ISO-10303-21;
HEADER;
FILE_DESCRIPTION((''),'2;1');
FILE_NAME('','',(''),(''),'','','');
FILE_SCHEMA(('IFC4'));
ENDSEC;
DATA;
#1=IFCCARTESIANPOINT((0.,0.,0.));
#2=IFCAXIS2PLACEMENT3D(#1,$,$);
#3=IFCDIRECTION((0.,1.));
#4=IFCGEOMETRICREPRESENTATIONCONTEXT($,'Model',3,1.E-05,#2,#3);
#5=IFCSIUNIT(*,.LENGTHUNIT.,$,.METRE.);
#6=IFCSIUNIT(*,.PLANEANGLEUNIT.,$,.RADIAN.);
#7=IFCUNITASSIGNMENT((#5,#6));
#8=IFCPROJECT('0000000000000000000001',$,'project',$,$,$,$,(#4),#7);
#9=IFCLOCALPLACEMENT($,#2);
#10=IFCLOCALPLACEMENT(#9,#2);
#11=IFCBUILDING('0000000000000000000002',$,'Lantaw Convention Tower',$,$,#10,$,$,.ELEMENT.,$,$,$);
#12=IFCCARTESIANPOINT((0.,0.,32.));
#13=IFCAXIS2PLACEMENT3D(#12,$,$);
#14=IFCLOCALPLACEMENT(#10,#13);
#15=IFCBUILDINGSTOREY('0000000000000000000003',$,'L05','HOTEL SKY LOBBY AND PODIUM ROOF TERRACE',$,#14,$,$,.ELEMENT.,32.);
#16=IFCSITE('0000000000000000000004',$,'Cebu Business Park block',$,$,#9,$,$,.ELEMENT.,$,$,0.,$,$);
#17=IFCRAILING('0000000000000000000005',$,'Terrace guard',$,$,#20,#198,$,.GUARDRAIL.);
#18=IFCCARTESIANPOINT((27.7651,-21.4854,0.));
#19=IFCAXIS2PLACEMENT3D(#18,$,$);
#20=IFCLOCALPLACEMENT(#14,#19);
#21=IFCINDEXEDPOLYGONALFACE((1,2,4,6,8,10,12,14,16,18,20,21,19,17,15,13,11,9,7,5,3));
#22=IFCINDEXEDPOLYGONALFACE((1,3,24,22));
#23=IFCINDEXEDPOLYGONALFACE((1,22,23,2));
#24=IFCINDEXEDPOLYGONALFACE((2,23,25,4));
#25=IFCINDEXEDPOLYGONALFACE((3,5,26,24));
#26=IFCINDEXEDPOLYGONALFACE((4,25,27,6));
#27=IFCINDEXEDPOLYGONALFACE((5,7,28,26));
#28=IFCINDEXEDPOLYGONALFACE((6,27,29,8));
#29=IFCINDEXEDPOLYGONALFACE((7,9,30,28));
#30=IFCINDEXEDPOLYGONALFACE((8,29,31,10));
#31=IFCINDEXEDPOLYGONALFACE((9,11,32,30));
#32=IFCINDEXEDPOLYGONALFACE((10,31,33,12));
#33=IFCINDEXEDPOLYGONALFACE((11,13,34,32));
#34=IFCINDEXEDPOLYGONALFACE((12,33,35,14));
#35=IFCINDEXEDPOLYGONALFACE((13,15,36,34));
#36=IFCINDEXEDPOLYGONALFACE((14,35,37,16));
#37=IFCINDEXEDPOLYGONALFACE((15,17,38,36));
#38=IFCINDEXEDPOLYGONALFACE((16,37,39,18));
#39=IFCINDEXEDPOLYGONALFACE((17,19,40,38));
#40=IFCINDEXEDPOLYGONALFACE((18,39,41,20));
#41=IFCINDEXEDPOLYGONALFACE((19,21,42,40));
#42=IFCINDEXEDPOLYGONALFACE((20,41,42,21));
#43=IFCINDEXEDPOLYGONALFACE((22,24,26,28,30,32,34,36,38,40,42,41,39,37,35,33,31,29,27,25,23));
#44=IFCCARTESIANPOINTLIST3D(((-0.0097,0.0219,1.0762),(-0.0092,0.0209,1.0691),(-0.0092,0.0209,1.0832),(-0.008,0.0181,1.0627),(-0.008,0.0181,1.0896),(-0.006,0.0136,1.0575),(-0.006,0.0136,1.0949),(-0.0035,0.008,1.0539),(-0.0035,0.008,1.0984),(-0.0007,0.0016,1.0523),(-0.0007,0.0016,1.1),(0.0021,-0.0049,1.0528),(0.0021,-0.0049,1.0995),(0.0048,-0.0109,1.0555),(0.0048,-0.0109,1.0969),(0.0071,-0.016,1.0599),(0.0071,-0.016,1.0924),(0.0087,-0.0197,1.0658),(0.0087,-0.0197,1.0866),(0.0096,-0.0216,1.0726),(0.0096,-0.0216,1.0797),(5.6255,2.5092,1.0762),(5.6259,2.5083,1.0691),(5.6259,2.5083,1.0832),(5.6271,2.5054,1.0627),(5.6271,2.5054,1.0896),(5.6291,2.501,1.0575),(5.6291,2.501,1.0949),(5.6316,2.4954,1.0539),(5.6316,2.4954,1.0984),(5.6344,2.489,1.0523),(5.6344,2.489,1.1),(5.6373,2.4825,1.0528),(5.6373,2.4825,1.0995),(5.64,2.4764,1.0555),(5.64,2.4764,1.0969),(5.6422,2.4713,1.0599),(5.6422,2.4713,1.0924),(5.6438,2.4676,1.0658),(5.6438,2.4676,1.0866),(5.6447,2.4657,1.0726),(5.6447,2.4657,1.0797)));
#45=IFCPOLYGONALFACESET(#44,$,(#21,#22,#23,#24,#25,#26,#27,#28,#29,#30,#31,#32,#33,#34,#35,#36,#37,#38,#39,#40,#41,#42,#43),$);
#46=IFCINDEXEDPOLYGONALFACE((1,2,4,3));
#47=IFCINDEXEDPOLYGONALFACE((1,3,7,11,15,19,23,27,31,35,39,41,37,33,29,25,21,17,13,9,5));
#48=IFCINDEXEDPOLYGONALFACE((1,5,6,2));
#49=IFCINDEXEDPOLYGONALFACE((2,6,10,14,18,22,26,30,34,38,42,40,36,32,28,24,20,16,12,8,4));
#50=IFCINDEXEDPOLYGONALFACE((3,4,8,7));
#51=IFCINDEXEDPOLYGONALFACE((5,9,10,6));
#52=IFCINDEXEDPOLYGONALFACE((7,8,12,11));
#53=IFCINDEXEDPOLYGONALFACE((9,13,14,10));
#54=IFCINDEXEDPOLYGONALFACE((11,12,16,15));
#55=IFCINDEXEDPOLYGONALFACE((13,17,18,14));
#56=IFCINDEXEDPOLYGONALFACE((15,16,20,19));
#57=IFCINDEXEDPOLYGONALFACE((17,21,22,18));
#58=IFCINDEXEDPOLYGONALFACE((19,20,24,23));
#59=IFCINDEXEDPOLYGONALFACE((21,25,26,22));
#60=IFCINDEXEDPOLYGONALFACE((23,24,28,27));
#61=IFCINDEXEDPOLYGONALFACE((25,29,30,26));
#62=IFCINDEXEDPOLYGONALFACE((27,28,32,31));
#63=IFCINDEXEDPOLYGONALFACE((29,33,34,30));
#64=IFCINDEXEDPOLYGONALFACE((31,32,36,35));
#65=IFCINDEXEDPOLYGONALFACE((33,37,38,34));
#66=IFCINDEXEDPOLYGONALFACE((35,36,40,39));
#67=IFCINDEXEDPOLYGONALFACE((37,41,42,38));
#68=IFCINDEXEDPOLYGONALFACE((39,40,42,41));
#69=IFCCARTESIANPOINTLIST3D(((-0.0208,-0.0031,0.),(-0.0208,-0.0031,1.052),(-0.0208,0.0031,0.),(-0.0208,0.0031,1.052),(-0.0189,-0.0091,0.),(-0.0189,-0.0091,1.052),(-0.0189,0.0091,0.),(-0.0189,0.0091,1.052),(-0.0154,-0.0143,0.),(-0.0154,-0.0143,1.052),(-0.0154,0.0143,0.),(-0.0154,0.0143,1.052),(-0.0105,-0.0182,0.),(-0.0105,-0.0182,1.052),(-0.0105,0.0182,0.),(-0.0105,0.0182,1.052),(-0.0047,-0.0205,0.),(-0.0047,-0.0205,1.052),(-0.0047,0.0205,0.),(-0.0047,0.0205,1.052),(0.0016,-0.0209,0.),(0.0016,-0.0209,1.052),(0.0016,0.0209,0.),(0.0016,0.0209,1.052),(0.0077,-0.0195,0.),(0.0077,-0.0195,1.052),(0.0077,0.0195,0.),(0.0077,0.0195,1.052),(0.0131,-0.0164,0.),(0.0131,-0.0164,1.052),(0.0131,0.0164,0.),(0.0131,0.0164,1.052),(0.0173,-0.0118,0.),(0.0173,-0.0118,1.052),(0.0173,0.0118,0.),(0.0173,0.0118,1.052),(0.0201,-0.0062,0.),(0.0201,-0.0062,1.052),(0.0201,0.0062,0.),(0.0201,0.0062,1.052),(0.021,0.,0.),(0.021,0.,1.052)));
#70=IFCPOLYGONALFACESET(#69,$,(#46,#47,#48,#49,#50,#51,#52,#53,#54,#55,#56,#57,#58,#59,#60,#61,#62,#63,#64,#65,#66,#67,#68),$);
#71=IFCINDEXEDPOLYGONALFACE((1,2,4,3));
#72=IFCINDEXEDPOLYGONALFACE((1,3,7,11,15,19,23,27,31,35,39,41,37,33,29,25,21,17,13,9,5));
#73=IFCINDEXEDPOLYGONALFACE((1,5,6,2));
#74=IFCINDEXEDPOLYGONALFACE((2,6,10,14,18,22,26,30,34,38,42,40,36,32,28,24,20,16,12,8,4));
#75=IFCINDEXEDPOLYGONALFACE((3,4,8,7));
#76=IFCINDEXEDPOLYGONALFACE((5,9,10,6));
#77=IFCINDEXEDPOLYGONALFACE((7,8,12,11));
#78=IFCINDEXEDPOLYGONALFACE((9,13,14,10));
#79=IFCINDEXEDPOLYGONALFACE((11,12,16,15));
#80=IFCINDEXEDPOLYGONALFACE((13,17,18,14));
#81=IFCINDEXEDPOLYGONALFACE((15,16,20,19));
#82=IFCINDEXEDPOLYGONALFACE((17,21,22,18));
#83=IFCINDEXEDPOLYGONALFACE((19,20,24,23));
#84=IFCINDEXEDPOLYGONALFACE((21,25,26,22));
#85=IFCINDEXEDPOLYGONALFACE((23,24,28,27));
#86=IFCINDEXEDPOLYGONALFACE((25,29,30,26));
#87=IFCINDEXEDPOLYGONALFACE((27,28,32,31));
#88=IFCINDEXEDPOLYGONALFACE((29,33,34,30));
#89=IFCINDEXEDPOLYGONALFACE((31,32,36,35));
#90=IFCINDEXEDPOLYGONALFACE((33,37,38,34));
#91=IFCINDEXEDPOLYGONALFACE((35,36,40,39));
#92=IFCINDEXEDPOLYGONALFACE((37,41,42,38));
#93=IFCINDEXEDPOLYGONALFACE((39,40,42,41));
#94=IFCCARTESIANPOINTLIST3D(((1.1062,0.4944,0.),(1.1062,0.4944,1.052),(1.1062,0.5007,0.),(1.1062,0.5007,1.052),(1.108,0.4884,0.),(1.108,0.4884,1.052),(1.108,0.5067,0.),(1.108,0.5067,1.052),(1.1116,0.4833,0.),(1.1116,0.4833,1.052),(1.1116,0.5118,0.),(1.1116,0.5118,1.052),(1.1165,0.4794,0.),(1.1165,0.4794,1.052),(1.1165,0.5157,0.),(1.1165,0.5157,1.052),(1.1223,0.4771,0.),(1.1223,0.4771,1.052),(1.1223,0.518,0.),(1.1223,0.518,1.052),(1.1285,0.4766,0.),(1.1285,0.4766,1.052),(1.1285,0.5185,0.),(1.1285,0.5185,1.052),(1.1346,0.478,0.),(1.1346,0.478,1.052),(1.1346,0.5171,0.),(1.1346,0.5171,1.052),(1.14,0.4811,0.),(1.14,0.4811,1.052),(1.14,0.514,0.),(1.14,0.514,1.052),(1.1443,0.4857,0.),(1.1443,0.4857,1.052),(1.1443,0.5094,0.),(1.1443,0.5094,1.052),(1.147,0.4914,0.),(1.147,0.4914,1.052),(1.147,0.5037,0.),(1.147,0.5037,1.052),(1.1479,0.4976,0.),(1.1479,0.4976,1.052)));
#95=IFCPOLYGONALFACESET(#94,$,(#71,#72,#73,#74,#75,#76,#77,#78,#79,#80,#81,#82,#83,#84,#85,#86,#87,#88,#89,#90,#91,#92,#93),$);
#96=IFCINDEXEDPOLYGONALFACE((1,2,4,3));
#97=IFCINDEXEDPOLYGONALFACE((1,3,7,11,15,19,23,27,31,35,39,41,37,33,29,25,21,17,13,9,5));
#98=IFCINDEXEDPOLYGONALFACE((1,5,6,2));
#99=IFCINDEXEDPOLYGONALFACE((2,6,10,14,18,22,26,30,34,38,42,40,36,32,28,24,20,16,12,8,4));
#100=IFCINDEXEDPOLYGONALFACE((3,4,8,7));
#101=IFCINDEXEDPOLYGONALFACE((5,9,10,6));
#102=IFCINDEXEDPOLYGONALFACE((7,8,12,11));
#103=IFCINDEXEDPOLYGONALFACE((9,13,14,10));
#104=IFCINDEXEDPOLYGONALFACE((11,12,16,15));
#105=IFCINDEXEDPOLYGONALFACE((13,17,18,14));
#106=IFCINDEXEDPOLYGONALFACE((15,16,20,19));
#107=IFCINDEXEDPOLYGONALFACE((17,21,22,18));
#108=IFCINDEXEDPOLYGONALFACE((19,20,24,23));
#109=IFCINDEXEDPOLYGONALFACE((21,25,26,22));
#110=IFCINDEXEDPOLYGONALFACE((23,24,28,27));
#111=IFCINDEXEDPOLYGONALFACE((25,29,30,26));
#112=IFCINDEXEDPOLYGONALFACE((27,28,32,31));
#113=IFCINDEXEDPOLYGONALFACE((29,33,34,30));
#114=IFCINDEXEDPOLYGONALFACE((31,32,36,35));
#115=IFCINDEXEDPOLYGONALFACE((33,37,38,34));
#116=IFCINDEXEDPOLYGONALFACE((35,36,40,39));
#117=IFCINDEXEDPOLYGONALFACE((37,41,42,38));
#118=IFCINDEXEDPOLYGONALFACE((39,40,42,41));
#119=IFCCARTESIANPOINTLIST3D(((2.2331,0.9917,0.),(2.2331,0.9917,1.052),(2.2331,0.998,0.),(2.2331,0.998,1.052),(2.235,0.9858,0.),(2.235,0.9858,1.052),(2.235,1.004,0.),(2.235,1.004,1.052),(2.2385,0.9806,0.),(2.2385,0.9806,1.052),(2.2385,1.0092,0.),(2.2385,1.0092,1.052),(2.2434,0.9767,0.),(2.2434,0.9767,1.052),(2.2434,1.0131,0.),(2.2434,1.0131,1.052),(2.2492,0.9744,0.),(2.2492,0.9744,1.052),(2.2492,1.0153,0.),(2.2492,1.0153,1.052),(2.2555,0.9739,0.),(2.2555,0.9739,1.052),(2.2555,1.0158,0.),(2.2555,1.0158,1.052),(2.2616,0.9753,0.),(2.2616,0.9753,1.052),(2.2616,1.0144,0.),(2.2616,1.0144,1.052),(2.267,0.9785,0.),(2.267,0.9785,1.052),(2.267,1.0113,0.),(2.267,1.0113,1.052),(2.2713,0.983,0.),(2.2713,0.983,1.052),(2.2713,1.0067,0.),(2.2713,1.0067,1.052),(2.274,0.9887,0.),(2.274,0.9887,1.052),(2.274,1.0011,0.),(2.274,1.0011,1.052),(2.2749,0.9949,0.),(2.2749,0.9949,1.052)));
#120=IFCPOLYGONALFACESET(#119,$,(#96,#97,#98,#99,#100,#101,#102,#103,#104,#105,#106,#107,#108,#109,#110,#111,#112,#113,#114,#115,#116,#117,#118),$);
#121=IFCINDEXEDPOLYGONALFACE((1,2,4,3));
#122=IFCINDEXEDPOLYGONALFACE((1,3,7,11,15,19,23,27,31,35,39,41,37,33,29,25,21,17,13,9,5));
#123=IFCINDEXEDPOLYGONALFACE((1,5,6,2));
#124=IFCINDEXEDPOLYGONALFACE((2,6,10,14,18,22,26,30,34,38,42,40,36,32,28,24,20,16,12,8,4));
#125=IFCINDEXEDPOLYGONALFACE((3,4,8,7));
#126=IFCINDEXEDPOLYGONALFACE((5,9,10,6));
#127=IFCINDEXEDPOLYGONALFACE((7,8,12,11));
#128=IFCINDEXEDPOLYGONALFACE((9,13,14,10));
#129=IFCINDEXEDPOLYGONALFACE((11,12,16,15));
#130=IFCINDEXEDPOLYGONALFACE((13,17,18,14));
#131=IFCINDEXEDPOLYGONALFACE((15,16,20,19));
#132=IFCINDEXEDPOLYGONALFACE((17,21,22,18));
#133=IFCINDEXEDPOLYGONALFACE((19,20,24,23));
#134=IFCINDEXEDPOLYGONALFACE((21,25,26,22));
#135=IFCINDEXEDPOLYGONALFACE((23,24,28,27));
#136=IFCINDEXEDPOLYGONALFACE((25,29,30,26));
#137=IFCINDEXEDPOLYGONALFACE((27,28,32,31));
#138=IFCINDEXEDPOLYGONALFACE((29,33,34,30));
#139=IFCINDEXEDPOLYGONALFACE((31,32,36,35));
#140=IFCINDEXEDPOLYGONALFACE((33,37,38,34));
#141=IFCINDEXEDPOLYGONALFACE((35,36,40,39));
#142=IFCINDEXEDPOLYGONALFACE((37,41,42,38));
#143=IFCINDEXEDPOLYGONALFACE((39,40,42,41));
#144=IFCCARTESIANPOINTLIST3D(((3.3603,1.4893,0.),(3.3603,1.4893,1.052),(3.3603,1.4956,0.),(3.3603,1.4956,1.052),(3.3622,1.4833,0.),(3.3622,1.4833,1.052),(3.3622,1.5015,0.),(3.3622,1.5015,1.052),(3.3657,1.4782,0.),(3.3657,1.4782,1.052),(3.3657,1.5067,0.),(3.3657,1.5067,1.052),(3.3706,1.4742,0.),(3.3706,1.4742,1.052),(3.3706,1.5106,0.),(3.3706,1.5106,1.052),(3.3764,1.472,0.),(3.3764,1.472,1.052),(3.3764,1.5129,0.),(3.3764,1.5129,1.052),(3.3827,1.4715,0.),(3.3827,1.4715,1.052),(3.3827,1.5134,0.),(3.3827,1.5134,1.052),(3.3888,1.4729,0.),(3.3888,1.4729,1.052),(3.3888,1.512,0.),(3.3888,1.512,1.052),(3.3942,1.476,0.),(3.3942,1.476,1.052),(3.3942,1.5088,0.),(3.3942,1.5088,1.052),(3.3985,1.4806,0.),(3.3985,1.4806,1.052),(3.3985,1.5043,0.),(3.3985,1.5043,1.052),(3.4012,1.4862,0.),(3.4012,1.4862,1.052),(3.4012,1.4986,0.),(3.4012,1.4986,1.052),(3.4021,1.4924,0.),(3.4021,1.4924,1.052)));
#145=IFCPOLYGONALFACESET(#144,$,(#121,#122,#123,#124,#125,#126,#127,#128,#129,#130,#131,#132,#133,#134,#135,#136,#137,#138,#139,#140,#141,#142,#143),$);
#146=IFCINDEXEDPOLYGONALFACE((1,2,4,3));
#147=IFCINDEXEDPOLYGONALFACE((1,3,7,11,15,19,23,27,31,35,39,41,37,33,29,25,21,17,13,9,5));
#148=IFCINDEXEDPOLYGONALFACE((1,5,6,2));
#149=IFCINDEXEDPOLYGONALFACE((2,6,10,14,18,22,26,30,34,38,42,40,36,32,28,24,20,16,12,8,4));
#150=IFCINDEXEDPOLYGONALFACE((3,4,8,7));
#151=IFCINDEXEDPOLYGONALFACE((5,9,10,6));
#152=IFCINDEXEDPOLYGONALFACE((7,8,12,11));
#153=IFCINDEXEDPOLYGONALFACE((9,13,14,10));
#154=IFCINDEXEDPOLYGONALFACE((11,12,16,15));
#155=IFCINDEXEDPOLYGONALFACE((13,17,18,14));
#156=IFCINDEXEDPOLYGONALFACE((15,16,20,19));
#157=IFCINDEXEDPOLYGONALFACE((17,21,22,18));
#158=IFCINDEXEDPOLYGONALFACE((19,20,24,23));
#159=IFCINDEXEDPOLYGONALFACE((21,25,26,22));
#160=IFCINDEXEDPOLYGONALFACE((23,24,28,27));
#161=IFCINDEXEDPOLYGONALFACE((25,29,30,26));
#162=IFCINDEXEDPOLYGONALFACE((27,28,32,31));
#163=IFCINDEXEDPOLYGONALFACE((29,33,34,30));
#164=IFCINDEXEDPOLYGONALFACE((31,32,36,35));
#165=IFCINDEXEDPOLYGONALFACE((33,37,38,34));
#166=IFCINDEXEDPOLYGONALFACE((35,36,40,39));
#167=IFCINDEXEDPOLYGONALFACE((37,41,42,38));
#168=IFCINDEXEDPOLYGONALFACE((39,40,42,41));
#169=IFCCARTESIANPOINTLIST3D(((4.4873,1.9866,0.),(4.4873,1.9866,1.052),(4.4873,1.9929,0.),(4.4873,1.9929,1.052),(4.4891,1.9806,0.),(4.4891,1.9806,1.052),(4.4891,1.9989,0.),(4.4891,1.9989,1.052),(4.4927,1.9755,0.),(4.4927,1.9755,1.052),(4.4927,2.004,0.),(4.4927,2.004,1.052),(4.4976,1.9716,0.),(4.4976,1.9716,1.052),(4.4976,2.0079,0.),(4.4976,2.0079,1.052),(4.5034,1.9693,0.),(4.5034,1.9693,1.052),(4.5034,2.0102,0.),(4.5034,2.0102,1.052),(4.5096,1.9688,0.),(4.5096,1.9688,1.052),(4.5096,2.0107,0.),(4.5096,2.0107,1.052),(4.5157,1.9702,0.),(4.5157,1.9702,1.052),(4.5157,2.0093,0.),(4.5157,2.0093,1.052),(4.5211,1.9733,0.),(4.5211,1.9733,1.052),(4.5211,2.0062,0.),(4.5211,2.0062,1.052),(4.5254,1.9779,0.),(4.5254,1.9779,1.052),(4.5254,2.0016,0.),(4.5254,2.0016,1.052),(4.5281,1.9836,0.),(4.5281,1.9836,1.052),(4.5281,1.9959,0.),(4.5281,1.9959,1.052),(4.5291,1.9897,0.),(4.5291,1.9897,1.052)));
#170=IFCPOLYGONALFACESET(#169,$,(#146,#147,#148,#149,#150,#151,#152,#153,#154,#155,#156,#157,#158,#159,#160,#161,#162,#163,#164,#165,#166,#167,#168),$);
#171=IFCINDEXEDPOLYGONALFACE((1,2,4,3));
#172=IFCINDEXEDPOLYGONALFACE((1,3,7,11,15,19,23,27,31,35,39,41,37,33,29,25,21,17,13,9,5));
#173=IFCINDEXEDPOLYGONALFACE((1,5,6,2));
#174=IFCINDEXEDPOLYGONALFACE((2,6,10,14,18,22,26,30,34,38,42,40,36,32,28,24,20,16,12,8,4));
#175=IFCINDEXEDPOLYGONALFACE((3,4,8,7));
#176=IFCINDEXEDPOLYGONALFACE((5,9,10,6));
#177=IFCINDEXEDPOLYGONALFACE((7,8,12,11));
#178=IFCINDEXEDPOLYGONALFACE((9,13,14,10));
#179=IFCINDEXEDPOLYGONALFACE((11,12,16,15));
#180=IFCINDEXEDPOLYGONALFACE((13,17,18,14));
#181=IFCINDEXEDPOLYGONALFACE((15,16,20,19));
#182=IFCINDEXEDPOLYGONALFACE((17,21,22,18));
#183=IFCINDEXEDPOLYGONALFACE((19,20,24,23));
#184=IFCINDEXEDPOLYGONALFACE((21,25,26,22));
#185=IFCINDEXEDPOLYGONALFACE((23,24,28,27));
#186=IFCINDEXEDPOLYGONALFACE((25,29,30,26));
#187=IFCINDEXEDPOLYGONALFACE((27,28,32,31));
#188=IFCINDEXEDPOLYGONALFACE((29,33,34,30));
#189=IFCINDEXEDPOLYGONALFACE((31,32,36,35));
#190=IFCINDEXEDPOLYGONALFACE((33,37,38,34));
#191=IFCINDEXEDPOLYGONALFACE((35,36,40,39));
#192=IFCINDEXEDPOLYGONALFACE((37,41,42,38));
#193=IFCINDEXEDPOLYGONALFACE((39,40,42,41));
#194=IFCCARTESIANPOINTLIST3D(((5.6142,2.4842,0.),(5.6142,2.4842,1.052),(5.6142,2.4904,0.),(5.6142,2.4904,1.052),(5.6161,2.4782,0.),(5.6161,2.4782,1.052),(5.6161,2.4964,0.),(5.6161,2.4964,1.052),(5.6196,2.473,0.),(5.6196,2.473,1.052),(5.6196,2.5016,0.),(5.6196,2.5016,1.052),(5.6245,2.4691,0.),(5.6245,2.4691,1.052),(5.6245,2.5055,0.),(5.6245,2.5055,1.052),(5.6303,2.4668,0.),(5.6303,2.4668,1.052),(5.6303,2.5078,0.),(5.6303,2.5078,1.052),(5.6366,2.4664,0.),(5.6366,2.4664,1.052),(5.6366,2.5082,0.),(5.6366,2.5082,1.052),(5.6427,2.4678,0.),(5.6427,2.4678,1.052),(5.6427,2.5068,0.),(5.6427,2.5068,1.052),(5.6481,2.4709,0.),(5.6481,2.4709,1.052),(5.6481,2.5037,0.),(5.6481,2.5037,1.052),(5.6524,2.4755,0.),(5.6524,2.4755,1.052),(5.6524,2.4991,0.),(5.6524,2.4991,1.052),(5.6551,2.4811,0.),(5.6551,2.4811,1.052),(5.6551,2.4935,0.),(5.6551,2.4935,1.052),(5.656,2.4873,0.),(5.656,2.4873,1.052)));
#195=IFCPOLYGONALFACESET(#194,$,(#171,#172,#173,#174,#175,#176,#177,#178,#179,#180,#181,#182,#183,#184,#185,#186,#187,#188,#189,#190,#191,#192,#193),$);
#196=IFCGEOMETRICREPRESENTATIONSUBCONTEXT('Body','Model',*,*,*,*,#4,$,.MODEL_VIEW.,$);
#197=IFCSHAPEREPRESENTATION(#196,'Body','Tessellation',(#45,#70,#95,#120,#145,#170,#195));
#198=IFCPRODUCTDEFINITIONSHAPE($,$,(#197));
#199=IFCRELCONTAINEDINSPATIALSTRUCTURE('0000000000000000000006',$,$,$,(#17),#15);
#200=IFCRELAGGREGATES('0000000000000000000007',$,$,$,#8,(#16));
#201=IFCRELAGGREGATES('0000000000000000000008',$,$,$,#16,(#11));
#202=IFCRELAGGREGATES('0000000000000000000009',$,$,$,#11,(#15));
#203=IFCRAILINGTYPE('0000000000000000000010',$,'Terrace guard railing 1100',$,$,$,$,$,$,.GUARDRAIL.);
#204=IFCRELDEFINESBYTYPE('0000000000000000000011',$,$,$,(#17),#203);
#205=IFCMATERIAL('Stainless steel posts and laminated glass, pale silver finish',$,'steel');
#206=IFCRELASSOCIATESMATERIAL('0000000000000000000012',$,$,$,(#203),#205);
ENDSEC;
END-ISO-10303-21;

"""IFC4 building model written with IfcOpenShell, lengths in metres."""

from ifc_helpers import new_model, si_unit, direction, frame, origin, origin_2d, place, context, subcontext, project, spatial, circle, extrude, material, type_object, element, save


model = new_model("IFC4")

# Units and contexts
model_context = context("Model", 3, precision=1e-05, world=origin(), true_north=direction((0.0, 1.0)))
body_context = subcontext(model_context, "Body", "Model", "MODEL_VIEW")
ifc_project = project(units=[si_unit("LENGTHUNIT", "METRE"), si_unit("PLANEANGLEUNIT", "RADIAN")], contexts=[model_context])

# Site, building, storey
site_placement = place(None, origin())
site = spatial("IfcSite", under=ifc_project, at=site_placement, Name="Cebu Business Park block", CompositionType="ELEMENT", RefElevation=0.0)
building_placement = place(site_placement, origin())
building = spatial("IfcBuilding", under=site, at=building_placement, Name="Lantaw Convention Tower", CompositionType="ELEMENT")
storey_placement = place(building_placement, frame((0.0, 0.0, 32.0)))
storey = spatial("IfcBuildingStorey", under=building, at=storey_placement, Name="L05", Description="HOTEL SKY LOBBY AND PODIUM ROOF TERRACE", CompositionType="ELEMENT", Elevation=32.0)

# Railing
ifc_material_1 = material(Name="Stainless steel posts and laminated glass, pale silver finish", Category="steel")
railing_type_1 = type_object("IfcRailingType", Name="Terrace guard railing 1100", PredefinedType="GUARDRAIL", material=ifc_material_1)
railing_1_placement = place(storey_placement, frame((27.7651, -21.4854, 0.0)))
element("IfcRailing", 1, at=railing_1_placement, inside=storey, type_object=railing_type_1, Name="Terrace guard", PredefinedType="GUARDRAIL", context=body_context, shape_type="SweptSolid", body=[
    extrude(circle(Radius=0.0239, at=origin_2d()), frame((0.0, 0.0, 1.0762), z_axis=(0.914842, 0.403813, 0.0), x_axis=(-0.403813, 0.914842, 0.0)), (0.0, 0.0, 1.0), 6.1597),
    extrude(circle(Radius=0.021, at=origin_2d()), origin(), (0.0, 0.0, 1.0), 1.052),
    extrude(circle(Radius=0.021, at=origin_2d()), frame((1.127, 0.4976, 0.0)), (0.0, 0.0, 1.0), 1.052),
    extrude(circle(Radius=0.021, at=origin_2d()), frame((2.2539, 0.9949, 0.0)), (0.0, 0.0, 1.0), 1.052),
    extrude(circle(Radius=0.021, at=origin_2d()), frame((3.3811, 1.4924, 0.0)), (0.0, 0.0, 1.0), 1.052),
    extrude(circle(Radius=0.021, at=origin_2d()), frame((4.5081, 1.9897, 0.0)), (0.0, 0.0, 1.0), 1.052),
    extrude(circle(Radius=0.021, at=origin_2d()), frame((5.635, 2.4873, 0.0)), (0.0, 0.0, 1.0), 1.052),
])

save(model, "model.ifc")
